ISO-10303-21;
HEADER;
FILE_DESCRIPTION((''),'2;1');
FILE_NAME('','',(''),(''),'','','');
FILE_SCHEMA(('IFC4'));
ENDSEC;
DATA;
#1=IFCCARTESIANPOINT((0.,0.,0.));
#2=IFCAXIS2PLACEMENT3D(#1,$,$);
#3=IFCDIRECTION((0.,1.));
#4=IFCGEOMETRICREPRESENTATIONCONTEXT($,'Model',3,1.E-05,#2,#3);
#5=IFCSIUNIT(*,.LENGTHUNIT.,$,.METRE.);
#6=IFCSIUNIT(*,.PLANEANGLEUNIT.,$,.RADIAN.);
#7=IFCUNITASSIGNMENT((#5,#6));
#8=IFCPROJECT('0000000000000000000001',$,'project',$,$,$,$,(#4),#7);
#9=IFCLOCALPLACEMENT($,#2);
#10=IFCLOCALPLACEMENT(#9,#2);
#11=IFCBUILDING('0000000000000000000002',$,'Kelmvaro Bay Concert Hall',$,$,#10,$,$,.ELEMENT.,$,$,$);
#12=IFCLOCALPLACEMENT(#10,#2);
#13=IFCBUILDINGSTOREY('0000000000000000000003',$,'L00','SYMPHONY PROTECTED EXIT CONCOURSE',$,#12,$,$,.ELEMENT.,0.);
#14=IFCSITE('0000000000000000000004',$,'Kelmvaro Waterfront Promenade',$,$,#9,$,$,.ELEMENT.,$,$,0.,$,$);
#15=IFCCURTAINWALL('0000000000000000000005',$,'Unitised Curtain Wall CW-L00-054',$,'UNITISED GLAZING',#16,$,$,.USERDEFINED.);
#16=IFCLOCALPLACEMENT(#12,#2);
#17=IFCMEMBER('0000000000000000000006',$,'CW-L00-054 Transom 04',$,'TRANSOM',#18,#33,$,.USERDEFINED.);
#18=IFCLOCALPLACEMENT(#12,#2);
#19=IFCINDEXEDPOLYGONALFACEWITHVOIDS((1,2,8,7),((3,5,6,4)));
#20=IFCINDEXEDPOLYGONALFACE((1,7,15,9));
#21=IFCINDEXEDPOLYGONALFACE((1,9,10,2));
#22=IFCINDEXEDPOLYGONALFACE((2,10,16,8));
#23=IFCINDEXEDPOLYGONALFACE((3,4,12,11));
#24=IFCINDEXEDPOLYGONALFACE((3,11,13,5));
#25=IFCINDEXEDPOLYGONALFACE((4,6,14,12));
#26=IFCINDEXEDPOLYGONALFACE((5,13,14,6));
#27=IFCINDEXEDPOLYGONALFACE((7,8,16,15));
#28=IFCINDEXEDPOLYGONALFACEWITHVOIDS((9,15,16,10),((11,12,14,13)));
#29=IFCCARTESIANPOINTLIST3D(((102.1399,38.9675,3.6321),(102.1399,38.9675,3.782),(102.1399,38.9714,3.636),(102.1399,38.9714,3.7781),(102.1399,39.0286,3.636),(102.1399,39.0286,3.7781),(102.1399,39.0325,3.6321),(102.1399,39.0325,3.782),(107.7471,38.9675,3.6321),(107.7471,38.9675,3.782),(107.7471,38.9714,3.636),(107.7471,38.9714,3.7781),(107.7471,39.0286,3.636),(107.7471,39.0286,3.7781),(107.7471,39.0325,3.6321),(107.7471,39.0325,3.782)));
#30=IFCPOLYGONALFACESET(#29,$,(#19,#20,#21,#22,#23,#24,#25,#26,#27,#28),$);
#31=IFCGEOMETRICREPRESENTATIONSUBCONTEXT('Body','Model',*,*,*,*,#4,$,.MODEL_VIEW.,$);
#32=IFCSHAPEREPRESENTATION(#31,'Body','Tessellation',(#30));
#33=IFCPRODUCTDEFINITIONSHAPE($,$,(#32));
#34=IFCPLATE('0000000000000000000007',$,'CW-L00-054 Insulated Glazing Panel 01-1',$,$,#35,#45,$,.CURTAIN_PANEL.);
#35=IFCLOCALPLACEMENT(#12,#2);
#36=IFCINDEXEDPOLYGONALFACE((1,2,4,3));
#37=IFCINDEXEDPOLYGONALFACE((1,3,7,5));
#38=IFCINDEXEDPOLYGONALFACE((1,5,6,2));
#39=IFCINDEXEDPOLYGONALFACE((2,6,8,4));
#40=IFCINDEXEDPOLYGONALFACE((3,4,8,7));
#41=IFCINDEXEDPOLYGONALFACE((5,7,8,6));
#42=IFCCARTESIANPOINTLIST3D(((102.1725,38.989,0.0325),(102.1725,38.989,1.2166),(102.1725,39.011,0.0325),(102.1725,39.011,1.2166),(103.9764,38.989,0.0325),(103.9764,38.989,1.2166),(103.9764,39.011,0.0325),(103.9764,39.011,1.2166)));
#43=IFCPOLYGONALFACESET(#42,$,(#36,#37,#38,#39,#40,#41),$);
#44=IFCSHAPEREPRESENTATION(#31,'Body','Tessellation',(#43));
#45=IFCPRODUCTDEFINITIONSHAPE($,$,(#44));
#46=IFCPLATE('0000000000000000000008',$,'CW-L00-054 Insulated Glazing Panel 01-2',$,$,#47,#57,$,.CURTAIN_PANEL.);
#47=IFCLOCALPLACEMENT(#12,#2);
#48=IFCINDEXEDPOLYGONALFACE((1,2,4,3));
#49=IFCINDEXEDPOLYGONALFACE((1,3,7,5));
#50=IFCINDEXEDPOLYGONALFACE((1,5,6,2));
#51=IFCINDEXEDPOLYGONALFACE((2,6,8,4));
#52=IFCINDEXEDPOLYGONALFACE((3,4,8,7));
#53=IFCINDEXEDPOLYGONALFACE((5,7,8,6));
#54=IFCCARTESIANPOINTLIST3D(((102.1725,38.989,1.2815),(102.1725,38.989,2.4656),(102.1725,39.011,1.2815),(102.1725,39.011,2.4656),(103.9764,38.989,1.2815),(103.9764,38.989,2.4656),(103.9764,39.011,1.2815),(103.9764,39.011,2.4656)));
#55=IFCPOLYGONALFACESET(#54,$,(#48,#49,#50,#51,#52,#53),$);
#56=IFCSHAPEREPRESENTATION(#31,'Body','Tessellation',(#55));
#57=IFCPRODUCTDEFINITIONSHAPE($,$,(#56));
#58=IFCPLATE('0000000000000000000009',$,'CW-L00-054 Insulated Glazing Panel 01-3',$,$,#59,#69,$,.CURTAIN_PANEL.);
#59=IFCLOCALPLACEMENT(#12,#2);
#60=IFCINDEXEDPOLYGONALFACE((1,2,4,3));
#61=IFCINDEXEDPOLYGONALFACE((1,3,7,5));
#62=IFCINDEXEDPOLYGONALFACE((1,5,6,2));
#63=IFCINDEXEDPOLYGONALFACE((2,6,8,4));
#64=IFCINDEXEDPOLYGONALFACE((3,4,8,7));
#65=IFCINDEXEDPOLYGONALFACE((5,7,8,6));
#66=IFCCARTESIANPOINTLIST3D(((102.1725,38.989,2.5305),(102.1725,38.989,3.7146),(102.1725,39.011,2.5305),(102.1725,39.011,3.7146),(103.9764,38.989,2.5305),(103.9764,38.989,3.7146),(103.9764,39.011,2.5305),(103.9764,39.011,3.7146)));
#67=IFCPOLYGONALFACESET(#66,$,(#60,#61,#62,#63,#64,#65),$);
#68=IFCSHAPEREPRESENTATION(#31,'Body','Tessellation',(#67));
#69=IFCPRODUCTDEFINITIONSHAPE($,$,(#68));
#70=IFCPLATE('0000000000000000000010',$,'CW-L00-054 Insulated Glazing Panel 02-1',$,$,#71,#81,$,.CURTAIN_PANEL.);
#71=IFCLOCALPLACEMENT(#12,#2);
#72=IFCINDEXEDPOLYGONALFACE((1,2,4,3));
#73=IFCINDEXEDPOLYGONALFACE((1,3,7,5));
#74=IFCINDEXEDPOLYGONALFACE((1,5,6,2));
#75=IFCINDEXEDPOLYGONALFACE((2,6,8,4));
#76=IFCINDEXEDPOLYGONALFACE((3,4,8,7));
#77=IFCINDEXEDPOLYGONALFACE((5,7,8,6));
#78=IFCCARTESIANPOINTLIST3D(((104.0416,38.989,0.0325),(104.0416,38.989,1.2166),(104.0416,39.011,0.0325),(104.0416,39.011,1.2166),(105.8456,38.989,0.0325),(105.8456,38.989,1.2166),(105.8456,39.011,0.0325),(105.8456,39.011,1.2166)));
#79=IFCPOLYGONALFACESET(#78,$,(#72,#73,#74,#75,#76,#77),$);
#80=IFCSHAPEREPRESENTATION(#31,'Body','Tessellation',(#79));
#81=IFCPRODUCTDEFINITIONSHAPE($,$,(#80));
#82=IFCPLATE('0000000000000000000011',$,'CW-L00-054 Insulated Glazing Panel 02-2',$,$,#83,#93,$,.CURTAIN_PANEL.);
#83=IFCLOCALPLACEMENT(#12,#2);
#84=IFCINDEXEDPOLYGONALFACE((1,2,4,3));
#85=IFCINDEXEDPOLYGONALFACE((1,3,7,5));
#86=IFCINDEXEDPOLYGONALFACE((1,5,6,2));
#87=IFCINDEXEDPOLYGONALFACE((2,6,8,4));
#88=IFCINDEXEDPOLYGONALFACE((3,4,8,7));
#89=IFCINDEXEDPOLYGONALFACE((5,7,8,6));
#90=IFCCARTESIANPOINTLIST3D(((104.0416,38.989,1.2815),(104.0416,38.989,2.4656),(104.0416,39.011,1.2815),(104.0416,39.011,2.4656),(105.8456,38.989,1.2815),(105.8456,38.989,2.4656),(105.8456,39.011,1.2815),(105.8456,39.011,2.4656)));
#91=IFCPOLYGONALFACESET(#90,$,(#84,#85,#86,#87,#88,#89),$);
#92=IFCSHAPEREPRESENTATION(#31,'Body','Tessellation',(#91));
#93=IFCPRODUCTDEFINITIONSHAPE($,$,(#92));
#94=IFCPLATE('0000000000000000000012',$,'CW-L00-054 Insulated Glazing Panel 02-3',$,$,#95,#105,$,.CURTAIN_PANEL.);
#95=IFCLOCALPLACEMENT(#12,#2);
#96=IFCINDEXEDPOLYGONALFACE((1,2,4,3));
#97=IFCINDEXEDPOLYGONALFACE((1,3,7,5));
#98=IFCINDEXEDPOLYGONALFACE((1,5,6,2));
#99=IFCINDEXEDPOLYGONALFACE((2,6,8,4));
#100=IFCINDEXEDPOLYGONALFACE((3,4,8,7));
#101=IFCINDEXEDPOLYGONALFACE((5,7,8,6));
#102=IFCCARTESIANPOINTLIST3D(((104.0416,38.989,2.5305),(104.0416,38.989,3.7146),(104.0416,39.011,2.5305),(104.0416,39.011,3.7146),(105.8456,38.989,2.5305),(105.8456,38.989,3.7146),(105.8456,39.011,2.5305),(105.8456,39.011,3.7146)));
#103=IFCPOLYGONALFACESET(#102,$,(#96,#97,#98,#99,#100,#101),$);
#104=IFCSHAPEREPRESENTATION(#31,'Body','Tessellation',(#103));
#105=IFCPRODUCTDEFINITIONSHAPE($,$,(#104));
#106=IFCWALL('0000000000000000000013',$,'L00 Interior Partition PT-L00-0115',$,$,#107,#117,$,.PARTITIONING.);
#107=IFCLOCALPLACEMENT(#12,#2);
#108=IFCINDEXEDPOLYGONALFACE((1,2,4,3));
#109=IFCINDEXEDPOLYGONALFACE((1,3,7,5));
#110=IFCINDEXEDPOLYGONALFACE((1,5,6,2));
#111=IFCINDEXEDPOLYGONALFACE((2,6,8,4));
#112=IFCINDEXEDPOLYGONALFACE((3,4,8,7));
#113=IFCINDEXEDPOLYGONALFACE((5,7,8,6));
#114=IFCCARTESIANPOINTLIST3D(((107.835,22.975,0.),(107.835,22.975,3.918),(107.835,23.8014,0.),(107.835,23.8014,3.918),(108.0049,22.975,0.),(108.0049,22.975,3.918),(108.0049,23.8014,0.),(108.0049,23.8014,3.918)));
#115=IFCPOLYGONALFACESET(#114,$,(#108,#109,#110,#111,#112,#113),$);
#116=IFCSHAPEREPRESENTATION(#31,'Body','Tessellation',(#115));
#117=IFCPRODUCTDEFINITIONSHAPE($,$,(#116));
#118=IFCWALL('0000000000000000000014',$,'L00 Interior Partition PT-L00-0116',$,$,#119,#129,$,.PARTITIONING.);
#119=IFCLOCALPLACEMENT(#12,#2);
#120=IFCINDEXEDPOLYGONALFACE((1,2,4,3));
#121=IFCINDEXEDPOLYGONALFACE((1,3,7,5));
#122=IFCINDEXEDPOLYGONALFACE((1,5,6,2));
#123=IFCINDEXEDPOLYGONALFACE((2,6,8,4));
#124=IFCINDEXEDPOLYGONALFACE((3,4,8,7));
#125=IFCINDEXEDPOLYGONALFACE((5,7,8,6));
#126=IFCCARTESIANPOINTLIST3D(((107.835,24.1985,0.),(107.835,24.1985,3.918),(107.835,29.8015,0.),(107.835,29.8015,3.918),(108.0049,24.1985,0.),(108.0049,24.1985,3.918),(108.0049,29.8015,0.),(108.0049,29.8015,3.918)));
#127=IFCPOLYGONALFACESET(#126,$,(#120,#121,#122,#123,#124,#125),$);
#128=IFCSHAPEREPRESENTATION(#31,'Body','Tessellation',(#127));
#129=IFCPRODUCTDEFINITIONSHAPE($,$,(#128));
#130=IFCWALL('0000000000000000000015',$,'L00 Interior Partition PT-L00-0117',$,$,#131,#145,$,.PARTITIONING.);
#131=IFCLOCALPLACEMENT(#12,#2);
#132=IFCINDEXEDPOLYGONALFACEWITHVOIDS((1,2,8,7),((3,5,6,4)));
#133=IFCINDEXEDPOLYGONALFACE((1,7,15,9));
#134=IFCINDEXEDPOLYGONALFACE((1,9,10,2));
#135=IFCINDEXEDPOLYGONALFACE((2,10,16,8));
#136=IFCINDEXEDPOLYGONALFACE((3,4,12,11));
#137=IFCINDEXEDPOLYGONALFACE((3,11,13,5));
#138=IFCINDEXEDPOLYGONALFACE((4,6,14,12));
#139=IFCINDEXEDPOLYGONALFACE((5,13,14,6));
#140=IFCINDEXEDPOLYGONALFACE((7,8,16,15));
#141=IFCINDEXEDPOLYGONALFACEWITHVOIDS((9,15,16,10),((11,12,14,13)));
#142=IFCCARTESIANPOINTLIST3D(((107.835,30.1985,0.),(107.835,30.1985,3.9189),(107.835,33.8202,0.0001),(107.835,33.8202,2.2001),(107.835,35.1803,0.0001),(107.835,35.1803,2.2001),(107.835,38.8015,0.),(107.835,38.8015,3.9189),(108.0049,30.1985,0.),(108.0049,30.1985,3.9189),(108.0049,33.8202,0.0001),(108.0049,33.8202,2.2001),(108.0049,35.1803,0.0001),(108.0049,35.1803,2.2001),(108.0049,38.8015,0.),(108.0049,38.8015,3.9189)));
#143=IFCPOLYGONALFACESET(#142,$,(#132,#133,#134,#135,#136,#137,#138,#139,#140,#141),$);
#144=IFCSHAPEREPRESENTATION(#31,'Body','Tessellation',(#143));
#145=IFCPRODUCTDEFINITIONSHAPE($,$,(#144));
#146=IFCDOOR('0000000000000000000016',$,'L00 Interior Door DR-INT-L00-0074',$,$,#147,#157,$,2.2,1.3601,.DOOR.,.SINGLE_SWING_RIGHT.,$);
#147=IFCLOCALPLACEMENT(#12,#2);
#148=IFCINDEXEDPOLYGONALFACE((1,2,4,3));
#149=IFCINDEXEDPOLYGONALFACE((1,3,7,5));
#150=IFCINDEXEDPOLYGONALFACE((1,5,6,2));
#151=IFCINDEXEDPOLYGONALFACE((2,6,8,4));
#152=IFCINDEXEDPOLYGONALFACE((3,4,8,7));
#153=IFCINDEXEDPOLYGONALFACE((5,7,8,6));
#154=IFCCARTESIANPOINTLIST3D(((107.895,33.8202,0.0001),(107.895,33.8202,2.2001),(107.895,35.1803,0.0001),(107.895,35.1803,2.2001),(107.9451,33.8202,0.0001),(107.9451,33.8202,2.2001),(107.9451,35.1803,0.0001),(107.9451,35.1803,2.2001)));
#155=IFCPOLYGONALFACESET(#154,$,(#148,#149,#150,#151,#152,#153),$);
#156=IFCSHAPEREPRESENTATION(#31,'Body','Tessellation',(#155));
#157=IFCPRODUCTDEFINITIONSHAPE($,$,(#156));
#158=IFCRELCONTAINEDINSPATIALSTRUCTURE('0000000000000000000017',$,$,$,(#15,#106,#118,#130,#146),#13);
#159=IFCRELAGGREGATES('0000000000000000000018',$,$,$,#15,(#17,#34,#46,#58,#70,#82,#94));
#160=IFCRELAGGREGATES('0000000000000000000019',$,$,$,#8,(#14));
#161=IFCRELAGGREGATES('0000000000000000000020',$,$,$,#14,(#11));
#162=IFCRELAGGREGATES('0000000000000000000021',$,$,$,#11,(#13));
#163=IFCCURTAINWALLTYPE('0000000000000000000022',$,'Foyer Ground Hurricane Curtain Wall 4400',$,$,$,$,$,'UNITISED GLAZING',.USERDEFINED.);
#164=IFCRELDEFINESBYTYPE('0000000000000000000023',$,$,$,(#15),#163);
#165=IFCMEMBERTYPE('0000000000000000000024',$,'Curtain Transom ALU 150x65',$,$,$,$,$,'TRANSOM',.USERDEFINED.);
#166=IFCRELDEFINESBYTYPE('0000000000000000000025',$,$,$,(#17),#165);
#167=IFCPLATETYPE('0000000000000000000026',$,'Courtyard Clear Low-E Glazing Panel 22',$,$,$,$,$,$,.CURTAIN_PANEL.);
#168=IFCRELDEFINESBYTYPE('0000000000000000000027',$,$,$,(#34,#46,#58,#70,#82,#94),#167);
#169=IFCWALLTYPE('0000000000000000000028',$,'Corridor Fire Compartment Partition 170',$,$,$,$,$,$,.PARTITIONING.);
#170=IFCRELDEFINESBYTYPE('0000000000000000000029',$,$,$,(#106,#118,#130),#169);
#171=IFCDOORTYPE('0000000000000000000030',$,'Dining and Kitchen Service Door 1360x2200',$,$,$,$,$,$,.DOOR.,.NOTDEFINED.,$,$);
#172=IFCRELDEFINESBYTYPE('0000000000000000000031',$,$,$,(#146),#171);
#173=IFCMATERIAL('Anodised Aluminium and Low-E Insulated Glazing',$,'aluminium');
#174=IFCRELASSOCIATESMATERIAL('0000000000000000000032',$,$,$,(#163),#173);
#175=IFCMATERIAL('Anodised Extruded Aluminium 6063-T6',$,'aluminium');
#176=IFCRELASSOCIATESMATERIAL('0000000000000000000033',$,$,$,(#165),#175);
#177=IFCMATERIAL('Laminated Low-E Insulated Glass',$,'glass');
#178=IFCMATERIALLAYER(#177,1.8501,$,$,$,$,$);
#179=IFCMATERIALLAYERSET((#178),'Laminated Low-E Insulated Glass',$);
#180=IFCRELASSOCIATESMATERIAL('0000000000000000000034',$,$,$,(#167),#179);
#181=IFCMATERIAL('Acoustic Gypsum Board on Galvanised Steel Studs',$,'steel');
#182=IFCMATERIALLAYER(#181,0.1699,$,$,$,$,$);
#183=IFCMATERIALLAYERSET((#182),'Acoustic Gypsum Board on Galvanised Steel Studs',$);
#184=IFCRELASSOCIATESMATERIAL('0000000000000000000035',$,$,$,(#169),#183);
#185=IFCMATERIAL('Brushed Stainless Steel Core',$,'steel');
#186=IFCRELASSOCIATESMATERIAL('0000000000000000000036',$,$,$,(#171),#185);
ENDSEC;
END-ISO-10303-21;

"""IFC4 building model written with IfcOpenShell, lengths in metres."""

from ifc_helpers import new_model, si_unit, direction, frame, frame_2d, origin, origin_2d, place, context, subcontext, project, spatial, rectangle, hollow_rectangle, extrude, material, layer, layer_set, material_profile, profile_set, type_object, element, fill, aggregate, save


model = new_model("IFC4")

# Units and contexts
model_context = context("Model", 3, precision=1e-05, world=origin(), true_north=direction((0.0, 1.0)))
body_context = subcontext(model_context, "Body", "Model", "MODEL_VIEW")
ifc_project = project(units=[si_unit("LENGTHUNIT", "METRE"), si_unit("PLANEANGLEUNIT", "RADIAN")], contexts=[model_context])

# Site, building, storey
site_placement = place(None, origin())
site = spatial("IfcSite", under=ifc_project, at=site_placement, Name="Kelmvaro Waterfront Promenade", CompositionType="ELEMENT", RefElevation=0.0)
building_placement = place(site_placement, origin())
building = spatial("IfcBuilding", under=site, at=building_placement, Name="Kelmvaro Bay Concert Hall", CompositionType="ELEMENT")
storey_placement = place(building_placement, origin())
storey = spatial("IfcBuildingStorey", under=building, at=storey_placement, Name="L00", Description="SYMPHONY PROTECTED EXIT CONCOURSE", CompositionType="ELEMENT", Elevation=0.0)

# Curtain wall, member, plates
ifc_material_1 = material(Name="Anodised Aluminium and Low-E Insulated Glazing", Category="aluminium")
curtain_wall_type = type_object("IfcCurtainWallType", Name="Foyer Ground Hurricane Curtain Wall 4400", ElementType="UNITISED GLAZING", PredefinedType="USERDEFINED", material=ifc_material_1)
curtain_wall_placement = place(storey_placement, origin())
curtain_wall = element("IfcCurtainWall", 1, at=curtain_wall_placement, inside=storey, type_object=curtain_wall_type, Name="Unitised Curtain Wall CW-L00-054", ObjectType="UNITISED GLAZING", PredefinedType="USERDEFINED")
ifc_material_2 = material(Name="Anodised Extruded Aluminium 6063-T6", Category="aluminium")
ifc_material_profile_1 = material_profile(ifc_material_2, hollow_rectangle(XDim=0.0649, YDim=0.1499, WallThickness=0.0039, at=origin_2d()), Name="ALU-TRN-150X65")
ifc_profile_set_1 = profile_set([ifc_material_profile_1], Name="Anodised Extruded Aluminium 6063-T6")
member_type_1 = type_object("IfcMemberType", Name="Curtain Transom ALU 150x65", ElementType="TRANSOM", PredefinedType="USERDEFINED", material=ifc_profile_set_1)
member_1_placement = place(storey_placement, frame((102.1399, 39.0, 3.707), z_axis=(1.0, 0.0, 0.0), x_axis=(0.0, 1.0, 0.0)))
member_1 = element("IfcMember", 2, at=member_1_placement, type_object=member_type_1, Name="CW-L00-054 Transom 04", ObjectType="TRANSOM", PredefinedType="USERDEFINED", context=body_context, shape_type="SweptSolid", body=[
    extrude(hollow_rectangle(XDim=0.0649, YDim=0.1499, WallThickness=0.0039, at=origin_2d()), origin(), (0.0, 0.0, 1.0), 5.6072),
])
ifc_material_3 = material(Name="Laminated Low-E Insulated Glass", Category="glass")
ifc_layer_1 = layer(ifc_material_3, 1.8501)
ifc_layer_set_1 = layer_set([ifc_layer_1], Name="Laminated Low-E Insulated Glass")
plate_type = type_object("IfcPlateType", Name="Courtyard Clear Low-E Glazing Panel 22", PredefinedType="CURTAIN_PANEL", material=ifc_layer_set_1)
plate_1_placement = place(storey_placement, frame((103.0745, 39.0, 0.0325), z_axis=(0.0, 0.0, 1.0), x_axis=(1.0, 0.0, 0.0)))
plate_1 = element("IfcPlate", 3, at=plate_1_placement, type_object=plate_type, Name="CW-L00-054 Insulated Glazing Panel 01-1", PredefinedType="CURTAIN_PANEL", context=body_context, shape_type="SweptSolid", body=[
    extrude(rectangle(XDim=1.804, YDim=0.022, at=origin_2d()), origin(), (0.0, 0.0, 1.0), 1.1841),
])
plate_2_placement = place(storey_placement, frame((103.0745, 39.0, 1.2815), z_axis=(0.0, 0.0, 1.0), x_axis=(1.0, 0.0, 0.0)))
plate_2 = element("IfcPlate", 4, at=plate_2_placement, type_object=plate_type, Name="CW-L00-054 Insulated Glazing Panel 01-2", PredefinedType="CURTAIN_PANEL", context=body_context, shape_type="SweptSolid", body=[
    extrude(rectangle(XDim=1.804, YDim=0.022, at=origin_2d()), origin(), (0.0, 0.0, 1.0), 1.1841),
])
plate_3_placement = place(storey_placement, frame((103.0745, 39.0, 2.5305), z_axis=(0.0, 0.0, 1.0), x_axis=(1.0, 0.0, 0.0)))
plate_3 = element("IfcPlate", 5, at=plate_3_placement, type_object=plate_type, Name="CW-L00-054 Insulated Glazing Panel 01-3", PredefinedType="CURTAIN_PANEL", context=body_context, shape_type="SweptSolid", body=[
    extrude(rectangle(XDim=1.804, YDim=0.022, at=origin_2d()), origin(), (0.0, 0.0, 1.0), 1.1841),
])
plate_4_placement = place(storey_placement, frame((104.9436, 39.0, 0.0325), z_axis=(0.0, 0.0, 1.0), x_axis=(1.0, 0.0, 0.0)))
plate_4 = element("IfcPlate", 6, at=plate_4_placement, type_object=plate_type, Name="CW-L00-054 Insulated Glazing Panel 02-1", PredefinedType="CURTAIN_PANEL", context=body_context, shape_type="SweptSolid", body=[
    extrude(rectangle(XDim=1.804, YDim=0.022, at=origin_2d()), origin(), (0.0, 0.0, 1.0), 1.1841),
])
plate_5_placement = place(storey_placement, frame((104.9436, 39.0, 1.2815), z_axis=(0.0, 0.0, 1.0), x_axis=(1.0, 0.0, 0.0)))
plate_5 = element("IfcPlate", 7, at=plate_5_placement, type_object=plate_type, Name="CW-L00-054 Insulated Glazing Panel 02-2", PredefinedType="CURTAIN_PANEL", context=body_context, shape_type="SweptSolid", body=[
    extrude(rectangle(XDim=1.804, YDim=0.022, at=origin_2d()), origin(), (0.0, 0.0, 1.0), 1.1841),
])
plate_6_placement = place(storey_placement, frame((104.9436, 39.0, 2.5305), z_axis=(0.0, 0.0, 1.0), x_axis=(1.0, 0.0, 0.0)))
plate_6 = element("IfcPlate", 8, at=plate_6_placement, type_object=plate_type, Name="CW-L00-054 Insulated Glazing Panel 02-3", PredefinedType="CURTAIN_PANEL", context=body_context, shape_type="SweptSolid", body=[
    extrude(rectangle(XDim=1.804, YDim=0.022, at=origin_2d()), origin(), (0.0, 0.0, 1.0), 1.1841),
])
aggregate(curtain_wall, [member_1, plate_1, plate_2, plate_3, plate_4, plate_5, plate_6])

# Walls
ifc_material_4 = material(Name="Acoustic Gypsum Board on Galvanised Steel Studs", Category="steel")
ifc_layer_2 = layer(ifc_material_4, 0.1699)
ifc_layer_set_2 = layer_set([ifc_layer_2], Name="Acoustic Gypsum Board on Galvanised Steel Studs")
wall_type = type_object("IfcWallType", Name="Corridor Fire Compartment Partition 170", PredefinedType="PARTITIONING", material=ifc_layer_set_2)
wall_1_placement = place(storey_placement, frame((107.9199, 22.9751, 0.0), z_axis=(0.0, 0.0, 1.0), x_axis=(0.0, 1.0, 0.0)))
element("IfcWall", 9, at=wall_1_placement, inside=storey, type_object=wall_type, Name="L00 Interior Partition PT-L00-0115", PredefinedType="PARTITIONING", context=body_context, shape_type="SweptSolid", body=[
    extrude(rectangle(XDim=0.8264, YDim=0.1699, at=frame_2d((0.4131, 0.0))), origin(), (0.0, 0.0, 1.0), 3.918),
])
wall_2_placement = place(storey_placement, frame((107.9199, 24.1985, 0.0), z_axis=(0.0, 0.0, 1.0), x_axis=(0.0, 1.0, 0.0)))
element("IfcWall", 10, at=wall_2_placement, inside=storey, type_object=wall_type, Name="L00 Interior Partition PT-L00-0116", PredefinedType="PARTITIONING", context=body_context, shape_type="SweptSolid", body=[
    extrude(rectangle(XDim=5.603, YDim=0.1699, at=frame_2d((2.8015, 0.0))), origin(), (0.0, 0.0, 1.0), 3.918),
])

# Wall, opening, door
wall_3_placement = place(storey_placement, frame((107.9199, 30.1985, 0.0), z_axis=(0.0, 0.0, 1.0), x_axis=(0.0, 1.0, 0.0)))
wall_3 = element("IfcWall", 11, at=wall_3_placement, inside=storey, type_object=wall_type, Name="L00 Interior Partition PT-L00-0117", PredefinedType="PARTITIONING", context=body_context, shape_type="SweptSolid", body=[
    extrude(rectangle(XDim=8.603, YDim=0.1699, at=frame_2d((4.3015, 0.0))), origin(), (0.0, 0.0, 1.0), 3.9189),
])
opening_placement = place(wall_3_placement, frame((3.6216, 0.0, 0.0)))
opening = element("IfcOpeningElement", 12, at=opening_placement, cuts=wall_3, PredefinedType="OPENING", context=body_context, shape_type="SweptSolid", body=[
    extrude(rectangle(XDim=1.3601, YDim=2.2, at=frame_2d((0.6802, 1.1001))), frame((0.0, 0.095, 0.0), z_axis=(0.0, -1.0, 0.0), x_axis=(1.0, 0.0, 0.0)), (0.0, 0.0, 1.0), 0.1899),
])
ifc_material_5 = material(Name="Brushed Stainless Steel Core", Category="steel")
door_type = type_object("IfcDoorType", Name="Dining and Kitchen Service Door 1360x2200", OperationType="NOTDEFINED", PredefinedType="DOOR", material=ifc_material_5)
door_placement = place(opening_placement, origin())
door = element("IfcDoor", 13, at=door_placement, inside=storey, type_object=door_type, Name="L00 Interior Door DR-INT-L00-0074", OperationType="SINGLE_SWING_RIGHT", OverallHeight=2.2, OverallWidth=1.3601, PredefinedType="DOOR", context=body_context, shape_type="SweptSolid", body=[
    extrude(rectangle(XDim=1.3601, YDim=2.2, at=frame_2d((0.6802, 1.1001))), frame((0.0, 0.0249, 0.0), z_axis=(0.0, -1.0, 0.0), x_axis=(1.0, 0.0, 0.0)), (0.0, 0.0, 1.0), 0.05),
])
fill(opening, door)

save(model, "model.ifc")
